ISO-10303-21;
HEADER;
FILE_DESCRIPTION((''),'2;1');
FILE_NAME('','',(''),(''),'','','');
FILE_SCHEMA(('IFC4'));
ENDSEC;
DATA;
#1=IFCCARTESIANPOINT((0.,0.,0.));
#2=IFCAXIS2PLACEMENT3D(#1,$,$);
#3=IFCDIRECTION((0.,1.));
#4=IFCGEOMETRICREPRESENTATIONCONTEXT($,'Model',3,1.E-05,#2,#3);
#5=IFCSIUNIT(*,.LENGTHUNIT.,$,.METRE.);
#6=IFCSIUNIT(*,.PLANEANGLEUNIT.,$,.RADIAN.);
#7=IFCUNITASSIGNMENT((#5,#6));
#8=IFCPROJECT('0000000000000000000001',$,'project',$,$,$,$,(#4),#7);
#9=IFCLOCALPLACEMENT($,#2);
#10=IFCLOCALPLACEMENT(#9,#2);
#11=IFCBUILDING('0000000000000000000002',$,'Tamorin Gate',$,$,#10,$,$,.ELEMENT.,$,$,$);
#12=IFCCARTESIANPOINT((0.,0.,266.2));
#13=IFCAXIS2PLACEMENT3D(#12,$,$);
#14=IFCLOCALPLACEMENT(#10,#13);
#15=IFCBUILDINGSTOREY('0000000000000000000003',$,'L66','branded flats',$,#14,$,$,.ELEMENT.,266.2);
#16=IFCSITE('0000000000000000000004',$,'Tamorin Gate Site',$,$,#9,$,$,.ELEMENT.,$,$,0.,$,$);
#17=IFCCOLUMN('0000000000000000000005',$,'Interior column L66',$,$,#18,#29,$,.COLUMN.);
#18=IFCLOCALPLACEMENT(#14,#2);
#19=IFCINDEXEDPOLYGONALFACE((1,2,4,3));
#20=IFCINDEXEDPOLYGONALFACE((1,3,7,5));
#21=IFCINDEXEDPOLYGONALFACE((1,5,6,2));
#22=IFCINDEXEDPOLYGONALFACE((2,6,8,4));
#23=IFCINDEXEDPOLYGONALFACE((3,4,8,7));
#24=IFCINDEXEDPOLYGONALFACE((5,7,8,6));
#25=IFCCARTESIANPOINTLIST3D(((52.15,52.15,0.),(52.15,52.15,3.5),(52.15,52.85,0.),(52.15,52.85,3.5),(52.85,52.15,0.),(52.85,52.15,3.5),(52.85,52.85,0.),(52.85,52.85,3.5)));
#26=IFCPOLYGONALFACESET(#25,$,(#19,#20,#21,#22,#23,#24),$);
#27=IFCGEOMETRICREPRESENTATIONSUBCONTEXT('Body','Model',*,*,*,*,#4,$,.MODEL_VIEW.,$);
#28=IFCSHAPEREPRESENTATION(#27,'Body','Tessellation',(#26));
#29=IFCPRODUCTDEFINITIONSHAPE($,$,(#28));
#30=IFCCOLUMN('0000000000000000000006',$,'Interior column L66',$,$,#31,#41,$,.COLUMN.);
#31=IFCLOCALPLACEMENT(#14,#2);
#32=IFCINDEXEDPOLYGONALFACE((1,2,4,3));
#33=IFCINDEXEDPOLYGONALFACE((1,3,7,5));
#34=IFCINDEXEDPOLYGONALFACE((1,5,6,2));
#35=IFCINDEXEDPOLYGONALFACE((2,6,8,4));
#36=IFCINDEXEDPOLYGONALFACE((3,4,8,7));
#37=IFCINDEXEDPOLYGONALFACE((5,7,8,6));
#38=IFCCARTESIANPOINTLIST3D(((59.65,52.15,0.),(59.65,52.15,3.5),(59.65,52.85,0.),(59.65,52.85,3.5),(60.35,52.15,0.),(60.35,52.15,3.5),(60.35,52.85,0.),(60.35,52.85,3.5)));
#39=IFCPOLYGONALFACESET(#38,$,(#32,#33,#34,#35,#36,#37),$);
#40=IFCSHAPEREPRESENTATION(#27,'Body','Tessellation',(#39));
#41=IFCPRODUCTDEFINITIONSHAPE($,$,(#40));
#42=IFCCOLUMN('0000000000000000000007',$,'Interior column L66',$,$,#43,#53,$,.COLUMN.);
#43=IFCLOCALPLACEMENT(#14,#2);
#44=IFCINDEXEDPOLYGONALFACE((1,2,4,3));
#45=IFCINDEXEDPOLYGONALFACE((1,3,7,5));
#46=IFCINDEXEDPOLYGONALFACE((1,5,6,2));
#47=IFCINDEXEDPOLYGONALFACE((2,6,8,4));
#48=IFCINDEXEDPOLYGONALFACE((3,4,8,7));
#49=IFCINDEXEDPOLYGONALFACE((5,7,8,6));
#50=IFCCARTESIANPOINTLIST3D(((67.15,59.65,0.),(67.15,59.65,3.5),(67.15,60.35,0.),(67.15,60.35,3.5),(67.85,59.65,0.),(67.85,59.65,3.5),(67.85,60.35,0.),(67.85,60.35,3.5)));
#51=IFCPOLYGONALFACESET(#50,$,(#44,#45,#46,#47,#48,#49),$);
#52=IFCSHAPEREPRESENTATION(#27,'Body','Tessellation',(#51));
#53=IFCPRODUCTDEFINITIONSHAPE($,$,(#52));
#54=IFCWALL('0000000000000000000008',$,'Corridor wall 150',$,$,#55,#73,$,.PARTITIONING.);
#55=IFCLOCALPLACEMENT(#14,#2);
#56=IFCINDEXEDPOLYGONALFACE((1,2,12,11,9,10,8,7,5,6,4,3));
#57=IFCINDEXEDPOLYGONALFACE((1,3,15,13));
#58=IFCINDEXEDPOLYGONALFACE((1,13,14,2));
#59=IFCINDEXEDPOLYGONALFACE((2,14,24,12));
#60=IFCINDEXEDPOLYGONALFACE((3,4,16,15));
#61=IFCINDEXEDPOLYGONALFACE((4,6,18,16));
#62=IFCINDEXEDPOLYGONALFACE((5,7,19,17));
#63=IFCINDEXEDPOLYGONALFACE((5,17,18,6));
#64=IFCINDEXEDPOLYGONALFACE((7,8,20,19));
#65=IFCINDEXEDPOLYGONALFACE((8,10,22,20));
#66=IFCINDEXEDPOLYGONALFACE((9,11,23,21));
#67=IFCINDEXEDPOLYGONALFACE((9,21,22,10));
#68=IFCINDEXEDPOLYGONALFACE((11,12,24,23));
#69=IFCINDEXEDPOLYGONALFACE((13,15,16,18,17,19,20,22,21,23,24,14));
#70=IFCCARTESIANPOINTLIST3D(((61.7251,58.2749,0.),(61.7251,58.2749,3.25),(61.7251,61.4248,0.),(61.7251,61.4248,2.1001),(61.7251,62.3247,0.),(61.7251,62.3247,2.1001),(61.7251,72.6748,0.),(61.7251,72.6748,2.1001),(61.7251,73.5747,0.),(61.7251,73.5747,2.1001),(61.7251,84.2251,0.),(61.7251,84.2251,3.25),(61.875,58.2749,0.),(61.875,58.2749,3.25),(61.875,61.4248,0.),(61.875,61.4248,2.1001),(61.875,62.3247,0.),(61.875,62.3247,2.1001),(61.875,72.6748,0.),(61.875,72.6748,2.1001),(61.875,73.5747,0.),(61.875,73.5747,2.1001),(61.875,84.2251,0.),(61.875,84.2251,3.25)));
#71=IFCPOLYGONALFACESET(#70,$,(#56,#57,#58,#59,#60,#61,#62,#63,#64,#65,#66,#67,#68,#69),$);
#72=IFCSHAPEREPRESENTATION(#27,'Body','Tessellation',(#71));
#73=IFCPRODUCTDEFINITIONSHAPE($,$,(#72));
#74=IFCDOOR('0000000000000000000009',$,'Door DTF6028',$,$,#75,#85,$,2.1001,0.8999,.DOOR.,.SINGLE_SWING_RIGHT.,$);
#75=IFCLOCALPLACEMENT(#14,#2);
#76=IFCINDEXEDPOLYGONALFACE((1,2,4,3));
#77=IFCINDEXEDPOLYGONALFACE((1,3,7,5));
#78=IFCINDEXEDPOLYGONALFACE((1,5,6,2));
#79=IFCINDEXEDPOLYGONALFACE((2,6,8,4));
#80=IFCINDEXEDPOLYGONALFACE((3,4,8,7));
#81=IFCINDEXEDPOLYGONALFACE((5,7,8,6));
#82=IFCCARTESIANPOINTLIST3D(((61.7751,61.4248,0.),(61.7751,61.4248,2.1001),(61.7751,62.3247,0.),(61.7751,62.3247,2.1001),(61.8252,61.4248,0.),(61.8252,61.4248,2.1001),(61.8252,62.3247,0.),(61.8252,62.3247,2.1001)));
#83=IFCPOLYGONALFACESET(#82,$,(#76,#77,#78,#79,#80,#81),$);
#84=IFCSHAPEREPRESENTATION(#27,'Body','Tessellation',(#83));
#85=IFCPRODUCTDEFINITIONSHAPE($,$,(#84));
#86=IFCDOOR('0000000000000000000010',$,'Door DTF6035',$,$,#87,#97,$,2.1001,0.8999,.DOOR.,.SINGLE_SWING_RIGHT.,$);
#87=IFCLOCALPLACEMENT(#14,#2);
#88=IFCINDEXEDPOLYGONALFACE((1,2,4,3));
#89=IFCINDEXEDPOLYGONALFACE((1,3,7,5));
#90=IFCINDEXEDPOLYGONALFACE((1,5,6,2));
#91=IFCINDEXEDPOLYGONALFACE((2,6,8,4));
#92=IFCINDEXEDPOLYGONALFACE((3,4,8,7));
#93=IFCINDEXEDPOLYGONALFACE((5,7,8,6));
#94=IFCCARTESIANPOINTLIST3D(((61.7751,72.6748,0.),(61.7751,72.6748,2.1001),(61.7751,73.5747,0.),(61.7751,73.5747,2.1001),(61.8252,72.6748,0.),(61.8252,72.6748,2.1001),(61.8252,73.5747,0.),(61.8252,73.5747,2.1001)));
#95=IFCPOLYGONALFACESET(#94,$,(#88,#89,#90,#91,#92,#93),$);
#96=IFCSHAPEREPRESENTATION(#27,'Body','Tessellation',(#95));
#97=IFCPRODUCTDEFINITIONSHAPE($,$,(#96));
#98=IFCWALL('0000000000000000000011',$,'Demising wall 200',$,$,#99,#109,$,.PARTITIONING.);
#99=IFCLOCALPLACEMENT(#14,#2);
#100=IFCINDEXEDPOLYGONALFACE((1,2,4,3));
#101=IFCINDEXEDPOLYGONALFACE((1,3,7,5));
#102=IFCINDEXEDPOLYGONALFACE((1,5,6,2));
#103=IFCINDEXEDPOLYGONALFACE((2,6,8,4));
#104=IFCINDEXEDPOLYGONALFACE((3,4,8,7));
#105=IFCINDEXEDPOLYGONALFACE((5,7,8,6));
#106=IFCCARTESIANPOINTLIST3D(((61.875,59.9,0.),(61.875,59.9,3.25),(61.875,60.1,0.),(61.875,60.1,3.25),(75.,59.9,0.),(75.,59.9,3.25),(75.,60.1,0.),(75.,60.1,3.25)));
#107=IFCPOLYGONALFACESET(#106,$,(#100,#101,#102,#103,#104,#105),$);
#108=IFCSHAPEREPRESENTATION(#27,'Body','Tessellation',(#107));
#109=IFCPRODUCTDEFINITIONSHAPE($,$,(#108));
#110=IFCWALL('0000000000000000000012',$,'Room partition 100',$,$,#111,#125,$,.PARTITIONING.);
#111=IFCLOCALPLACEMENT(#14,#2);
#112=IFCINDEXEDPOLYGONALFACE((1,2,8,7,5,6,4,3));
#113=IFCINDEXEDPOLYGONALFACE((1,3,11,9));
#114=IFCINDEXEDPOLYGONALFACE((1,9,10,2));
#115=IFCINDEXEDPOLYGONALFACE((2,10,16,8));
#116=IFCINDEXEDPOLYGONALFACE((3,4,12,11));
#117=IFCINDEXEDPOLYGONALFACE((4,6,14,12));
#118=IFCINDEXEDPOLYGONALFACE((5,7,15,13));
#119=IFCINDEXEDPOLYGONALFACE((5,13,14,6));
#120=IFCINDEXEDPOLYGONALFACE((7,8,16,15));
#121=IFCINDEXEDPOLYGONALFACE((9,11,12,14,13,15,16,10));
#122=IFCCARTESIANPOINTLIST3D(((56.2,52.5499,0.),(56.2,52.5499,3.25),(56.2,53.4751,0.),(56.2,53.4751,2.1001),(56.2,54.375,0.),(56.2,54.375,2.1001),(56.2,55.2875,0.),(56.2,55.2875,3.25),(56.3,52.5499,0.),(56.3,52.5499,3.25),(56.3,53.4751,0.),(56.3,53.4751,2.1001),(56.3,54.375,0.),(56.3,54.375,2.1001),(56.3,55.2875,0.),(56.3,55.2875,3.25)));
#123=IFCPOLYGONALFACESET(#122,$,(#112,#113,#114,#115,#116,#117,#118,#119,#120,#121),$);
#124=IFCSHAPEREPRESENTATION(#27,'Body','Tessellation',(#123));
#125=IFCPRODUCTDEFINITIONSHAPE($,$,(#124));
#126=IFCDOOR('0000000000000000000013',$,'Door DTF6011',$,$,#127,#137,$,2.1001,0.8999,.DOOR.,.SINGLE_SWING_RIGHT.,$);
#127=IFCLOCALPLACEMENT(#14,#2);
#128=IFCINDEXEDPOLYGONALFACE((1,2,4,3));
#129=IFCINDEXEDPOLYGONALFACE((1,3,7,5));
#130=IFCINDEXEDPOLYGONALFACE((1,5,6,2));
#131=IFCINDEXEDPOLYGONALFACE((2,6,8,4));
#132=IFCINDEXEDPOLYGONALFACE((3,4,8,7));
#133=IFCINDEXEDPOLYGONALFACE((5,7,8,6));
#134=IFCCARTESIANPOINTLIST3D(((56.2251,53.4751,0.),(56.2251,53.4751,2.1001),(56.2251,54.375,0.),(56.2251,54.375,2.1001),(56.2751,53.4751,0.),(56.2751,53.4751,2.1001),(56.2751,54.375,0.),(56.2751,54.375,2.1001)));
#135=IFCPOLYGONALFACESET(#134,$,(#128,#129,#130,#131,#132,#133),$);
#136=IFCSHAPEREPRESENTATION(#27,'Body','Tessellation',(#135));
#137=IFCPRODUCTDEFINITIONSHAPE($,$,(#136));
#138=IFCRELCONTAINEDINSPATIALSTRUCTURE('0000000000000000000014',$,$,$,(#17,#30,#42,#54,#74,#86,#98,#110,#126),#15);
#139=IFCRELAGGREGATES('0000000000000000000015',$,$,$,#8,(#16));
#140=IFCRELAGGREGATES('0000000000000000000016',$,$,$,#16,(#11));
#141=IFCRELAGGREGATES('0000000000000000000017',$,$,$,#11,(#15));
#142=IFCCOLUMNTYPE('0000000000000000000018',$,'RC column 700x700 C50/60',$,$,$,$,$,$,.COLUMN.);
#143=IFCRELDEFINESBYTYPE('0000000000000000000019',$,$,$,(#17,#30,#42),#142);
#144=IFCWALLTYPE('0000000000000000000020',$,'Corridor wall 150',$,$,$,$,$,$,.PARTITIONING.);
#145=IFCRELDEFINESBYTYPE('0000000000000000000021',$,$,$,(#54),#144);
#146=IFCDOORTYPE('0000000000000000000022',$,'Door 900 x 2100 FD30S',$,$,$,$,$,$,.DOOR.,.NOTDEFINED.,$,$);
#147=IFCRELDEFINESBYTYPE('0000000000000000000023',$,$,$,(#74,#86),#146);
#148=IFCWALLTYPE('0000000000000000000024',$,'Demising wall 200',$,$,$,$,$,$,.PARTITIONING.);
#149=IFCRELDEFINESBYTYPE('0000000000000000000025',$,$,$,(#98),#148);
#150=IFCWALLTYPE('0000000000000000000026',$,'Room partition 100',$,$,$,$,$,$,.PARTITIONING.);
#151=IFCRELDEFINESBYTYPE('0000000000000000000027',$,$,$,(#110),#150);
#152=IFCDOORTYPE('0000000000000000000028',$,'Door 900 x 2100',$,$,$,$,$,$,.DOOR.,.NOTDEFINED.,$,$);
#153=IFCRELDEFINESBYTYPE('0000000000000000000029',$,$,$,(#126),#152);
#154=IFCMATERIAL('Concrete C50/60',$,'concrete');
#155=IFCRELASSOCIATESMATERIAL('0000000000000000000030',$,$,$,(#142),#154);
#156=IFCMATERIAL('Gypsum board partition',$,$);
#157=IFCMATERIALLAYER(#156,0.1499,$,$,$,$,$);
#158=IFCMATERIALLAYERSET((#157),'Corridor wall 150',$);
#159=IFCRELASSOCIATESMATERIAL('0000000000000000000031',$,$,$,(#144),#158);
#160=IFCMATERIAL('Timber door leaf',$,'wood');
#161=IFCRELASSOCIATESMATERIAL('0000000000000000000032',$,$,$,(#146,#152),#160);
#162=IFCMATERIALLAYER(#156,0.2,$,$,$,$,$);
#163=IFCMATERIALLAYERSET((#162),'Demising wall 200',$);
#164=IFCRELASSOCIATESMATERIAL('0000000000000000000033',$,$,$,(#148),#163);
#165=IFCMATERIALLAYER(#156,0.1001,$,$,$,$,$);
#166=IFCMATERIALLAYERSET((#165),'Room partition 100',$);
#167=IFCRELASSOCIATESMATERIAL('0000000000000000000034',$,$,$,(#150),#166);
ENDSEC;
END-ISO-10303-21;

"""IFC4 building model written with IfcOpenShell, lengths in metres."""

from ifc_helpers import new_model, si_unit, direction, frame, frame_2d, origin, origin_2d, place, context, subcontext, project, spatial, rectangle, extrude, material, layer, layer_set, material_profile, profile_set, type_object, element, fill, save


model = new_model("IFC4")

# Units and contexts
model_context = context("Model", 3, precision=1e-05, world=origin(), true_north=direction((0.0, 1.0)))
body_context = subcontext(model_context, "Body", "Model", "MODEL_VIEW")
ifc_project = project(units=[si_unit("LENGTHUNIT", "METRE"), si_unit("PLANEANGLEUNIT", "RADIAN")], contexts=[model_context])

# Site, building, storey
site_placement = place(None, origin())
site = spatial("IfcSite", under=ifc_project, at=site_placement, Name="Tamorin Gate Site", CompositionType="ELEMENT", RefElevation=0.0)
building_placement = place(site_placement, origin())
building = spatial("IfcBuilding", under=site, at=building_placement, Name="Tamorin Gate", CompositionType="ELEMENT")
storey_placement = place(building_placement, frame((0.0, 0.0, 266.2)))
storey = spatial("IfcBuildingStorey", under=building, at=storey_placement, Name="L66", Description="branded flats", CompositionType="ELEMENT", Elevation=266.2)

# Columns
ifc_material_1 = material(Name="Concrete C50/60", Category="concrete")
ifc_material_profile = material_profile(ifc_material_1, rectangle(XDim=0.7, YDim=0.7, at=origin_2d()), Name="RC 700x700")
ifc_profile_set = profile_set([ifc_material_profile], Name="Concrete C50/60")
column_type = type_object("IfcColumnType", Name="RC column 700x700 C50/60", PredefinedType="COLUMN", material=ifc_profile_set)
for number, where, z_axis, x_axis, name in (
    (1, (52.5, 52.5, 0.0), (0.0, 0.0, 1.0), (1.0, 0.0, 0.0), "Interior column L66"),
    (2, (60.0, 52.5, 0.0), (0.0, 0.0, 1.0), (1.0, 0.0, 0.0), "Interior column L66"),
    (3, (67.5, 60.0, 0.0), (0.0, 0.0, 1.0), (1.0, 0.0, 0.0), "Interior column L66"),
):
    element("IfcColumn", number, at=place(storey_placement, frame(where, z_axis=z_axis, x_axis=x_axis)), inside=storey, type_object=column_type, Name=name, PredefinedType="COLUMN", context=body_context, shape_type="SweptSolid", body=[
        extrude(rectangle(XDim=0.7, YDim=0.7, at=origin_2d()), origin(), (0.0, 0.0, 1.0), 3.5),
    ])

# Wall, openings, doors
ifc_material_2 = material(Name="Gypsum board partition")
ifc_layer_1 = layer(ifc_material_2, 0.1499)
ifc_layer_set_1 = layer_set([ifc_layer_1], Name="Corridor wall 150")
wall_type_1 = type_object("IfcWallType", Name="Corridor wall 150", PredefinedType="PARTITIONING", material=ifc_layer_set_1)
wall_1_placement = place(storey_placement, frame((61.8, 58.2749, 0.0), z_axis=(0.0, 0.0, 1.0), x_axis=(0.0, 1.0, 0.0)))
wall_1 = element("IfcWall", 4, at=wall_1_placement, inside=storey, type_object=wall_type_1, Name="Corridor wall 150", PredefinedType="PARTITIONING", context=body_context, shape_type="SweptSolid", body=[
    extrude(rectangle(XDim=25.9502, YDim=0.1499, at=frame_2d((12.9751, 0.0))), origin(), (0.0, 0.0, 1.0), 3.25),
])
opening_1_placement = place(wall_1_placement, frame((3.1499, 0.0, 0.0)))
opening_1 = element("IfcOpeningElement", 5, at=opening_1_placement, cuts=wall_1, PredefinedType="OPENING", context=body_context, shape_type="SweptSolid", body=[
    extrude(rectangle(XDim=0.8999, YDim=2.1001, at=frame_2d((0.45, 1.05))), frame((0.0, 0.085, 0.0), z_axis=(0.0, -1.0, 0.0), x_axis=(1.0, 0.0, 0.0)), (0.0, 0.0, 1.0), 0.1699),
])
opening_2_placement = place(wall_1_placement, frame((14.3999, 0.0, 0.0)))
opening_2 = element("IfcOpeningElement", 6, at=opening_2_placement, cuts=wall_1, PredefinedType="OPENING", context=body_context, shape_type="SweptSolid", body=[
    extrude(rectangle(XDim=0.8999, YDim=2.1001, at=frame_2d((0.45, 1.05))), frame((0.0, 0.085, 0.0), z_axis=(0.0, -1.0, 0.0), x_axis=(1.0, 0.0, 0.0)), (0.0, 0.0, 1.0), 0.1699),
])
ifc_material_3 = material(Name="Timber door leaf", Category="wood")
door_type_1 = type_object("IfcDoorType", Name="Door 900 x 2100 FD30S", OperationType="NOTDEFINED", PredefinedType="DOOR", material=ifc_material_3)
door_1_placement = place(opening_1_placement, origin())
door_1 = element("IfcDoor", 7, at=door_1_placement, inside=storey, type_object=door_type_1, Name="Door DTF6028", OperationType="SINGLE_SWING_RIGHT", OverallHeight=2.1001, OverallWidth=0.8999, PredefinedType="DOOR", context=body_context, shape_type="SweptSolid", body=[
    extrude(rectangle(XDim=0.8999, YDim=2.1001, at=frame_2d((0.45, 1.05))), frame((0.0, 0.0249, 0.0), z_axis=(0.0, -1.0, 0.0), x_axis=(1.0, 0.0, 0.0)), (0.0, 0.0, 1.0), 0.05),
])
fill(opening_1, door_1)
door_2_placement = place(opening_2_placement, origin())
door_2 = element("IfcDoor", 8, at=door_2_placement, inside=storey, type_object=door_type_1, Name="Door DTF6035", OperationType="SINGLE_SWING_RIGHT", OverallHeight=2.1001, OverallWidth=0.8999, PredefinedType="DOOR", context=body_context, shape_type="SweptSolid", body=[
    extrude(rectangle(XDim=0.8999, YDim=2.1001, at=frame_2d((0.45, 1.05))), frame((0.0, 0.0249, 0.0), z_axis=(0.0, -1.0, 0.0), x_axis=(1.0, 0.0, 0.0)), (0.0, 0.0, 1.0), 0.05),
])
fill(opening_2, door_2)

# Wall
ifc_layer_2 = layer(ifc_material_2, 0.2)
ifc_layer_set_2 = layer_set([ifc_layer_2], Name="Demising wall 200")
wall_type_2 = type_object("IfcWallType", Name="Demising wall 200", PredefinedType="PARTITIONING", material=ifc_layer_set_2)
wall_2_placement = place(storey_placement, frame((61.875, 60.0, 0.0), z_axis=(0.0, 0.0, 1.0), x_axis=(1.0, 0.0, 0.0)))
element("IfcWall", 9, at=wall_2_placement, inside=storey, type_object=wall_type_2, Name="Demising wall 200", PredefinedType="PARTITIONING", context=body_context, shape_type="SweptSolid", body=[
    extrude(rectangle(XDim=13.125, YDim=0.2, at=frame_2d((6.5625, 0.0))), origin(), (0.0, 0.0, 1.0), 3.25),
])

# Wall, opening, door
ifc_layer_3 = layer(ifc_material_2, 0.1001)
ifc_layer_set_3 = layer_set([ifc_layer_3], Name="Room partition 100")
wall_type_3 = type_object("IfcWallType", Name="Room partition 100", PredefinedType="PARTITIONING", material=ifc_layer_set_3)
wall_3_placement = place(storey_placement, frame((56.25, 52.55, 0.0), z_axis=(0.0, 0.0, 1.0), x_axis=(0.0, 1.0, 0.0)))
wall_3 = element("IfcWall", 10, at=wall_3_placement, inside=storey, type_object=wall_type_3, Name="Room partition 100", PredefinedType="PARTITIONING", context=body_context, shape_type="SweptSolid", body=[
    extrude(rectangle(XDim=2.7375, YDim=0.1001, at=frame_2d((1.3687, 0.0))), origin(), (0.0, 0.0, 1.0), 3.25),
])
opening_3_placement = place(wall_3_placement, frame((0.925, 0.0, 0.0)))
opening_3 = element("IfcOpeningElement", 11, at=opening_3_placement, cuts=wall_3, PredefinedType="OPENING", context=body_context, shape_type="SweptSolid", body=[
    extrude(rectangle(XDim=0.8999, YDim=2.1001, at=frame_2d((0.45, 1.05))), frame((0.0, 0.0601, 0.0), z_axis=(0.0, -1.0, 0.0), x_axis=(1.0, 0.0, 0.0)), (0.0, 0.0, 1.0), 0.1201),
])
door_type_2 = type_object("IfcDoorType", Name="Door 900 x 2100", OperationType="NOTDEFINED", PredefinedType="DOOR", material=ifc_material_3)
door_3_placement = place(opening_3_placement, origin())
door_3 = element("IfcDoor", 12, at=door_3_placement, inside=storey, type_object=door_type_2, Name="Door DTF6011", OperationType="SINGLE_SWING_RIGHT", OverallHeight=2.1001, OverallWidth=0.8999, PredefinedType="DOOR", context=body_context, shape_type="SweptSolid", body=[
    extrude(rectangle(XDim=0.8999, YDim=2.1001, at=frame_2d((0.45, 1.05))), frame((0.0, 0.0249, 0.0), z_axis=(0.0, -1.0, 0.0), x_axis=(1.0, 0.0, 0.0)), (0.0, 0.0, 1.0), 0.05),
])
fill(opening_3, door_3)

save(model, "model.ifc")
